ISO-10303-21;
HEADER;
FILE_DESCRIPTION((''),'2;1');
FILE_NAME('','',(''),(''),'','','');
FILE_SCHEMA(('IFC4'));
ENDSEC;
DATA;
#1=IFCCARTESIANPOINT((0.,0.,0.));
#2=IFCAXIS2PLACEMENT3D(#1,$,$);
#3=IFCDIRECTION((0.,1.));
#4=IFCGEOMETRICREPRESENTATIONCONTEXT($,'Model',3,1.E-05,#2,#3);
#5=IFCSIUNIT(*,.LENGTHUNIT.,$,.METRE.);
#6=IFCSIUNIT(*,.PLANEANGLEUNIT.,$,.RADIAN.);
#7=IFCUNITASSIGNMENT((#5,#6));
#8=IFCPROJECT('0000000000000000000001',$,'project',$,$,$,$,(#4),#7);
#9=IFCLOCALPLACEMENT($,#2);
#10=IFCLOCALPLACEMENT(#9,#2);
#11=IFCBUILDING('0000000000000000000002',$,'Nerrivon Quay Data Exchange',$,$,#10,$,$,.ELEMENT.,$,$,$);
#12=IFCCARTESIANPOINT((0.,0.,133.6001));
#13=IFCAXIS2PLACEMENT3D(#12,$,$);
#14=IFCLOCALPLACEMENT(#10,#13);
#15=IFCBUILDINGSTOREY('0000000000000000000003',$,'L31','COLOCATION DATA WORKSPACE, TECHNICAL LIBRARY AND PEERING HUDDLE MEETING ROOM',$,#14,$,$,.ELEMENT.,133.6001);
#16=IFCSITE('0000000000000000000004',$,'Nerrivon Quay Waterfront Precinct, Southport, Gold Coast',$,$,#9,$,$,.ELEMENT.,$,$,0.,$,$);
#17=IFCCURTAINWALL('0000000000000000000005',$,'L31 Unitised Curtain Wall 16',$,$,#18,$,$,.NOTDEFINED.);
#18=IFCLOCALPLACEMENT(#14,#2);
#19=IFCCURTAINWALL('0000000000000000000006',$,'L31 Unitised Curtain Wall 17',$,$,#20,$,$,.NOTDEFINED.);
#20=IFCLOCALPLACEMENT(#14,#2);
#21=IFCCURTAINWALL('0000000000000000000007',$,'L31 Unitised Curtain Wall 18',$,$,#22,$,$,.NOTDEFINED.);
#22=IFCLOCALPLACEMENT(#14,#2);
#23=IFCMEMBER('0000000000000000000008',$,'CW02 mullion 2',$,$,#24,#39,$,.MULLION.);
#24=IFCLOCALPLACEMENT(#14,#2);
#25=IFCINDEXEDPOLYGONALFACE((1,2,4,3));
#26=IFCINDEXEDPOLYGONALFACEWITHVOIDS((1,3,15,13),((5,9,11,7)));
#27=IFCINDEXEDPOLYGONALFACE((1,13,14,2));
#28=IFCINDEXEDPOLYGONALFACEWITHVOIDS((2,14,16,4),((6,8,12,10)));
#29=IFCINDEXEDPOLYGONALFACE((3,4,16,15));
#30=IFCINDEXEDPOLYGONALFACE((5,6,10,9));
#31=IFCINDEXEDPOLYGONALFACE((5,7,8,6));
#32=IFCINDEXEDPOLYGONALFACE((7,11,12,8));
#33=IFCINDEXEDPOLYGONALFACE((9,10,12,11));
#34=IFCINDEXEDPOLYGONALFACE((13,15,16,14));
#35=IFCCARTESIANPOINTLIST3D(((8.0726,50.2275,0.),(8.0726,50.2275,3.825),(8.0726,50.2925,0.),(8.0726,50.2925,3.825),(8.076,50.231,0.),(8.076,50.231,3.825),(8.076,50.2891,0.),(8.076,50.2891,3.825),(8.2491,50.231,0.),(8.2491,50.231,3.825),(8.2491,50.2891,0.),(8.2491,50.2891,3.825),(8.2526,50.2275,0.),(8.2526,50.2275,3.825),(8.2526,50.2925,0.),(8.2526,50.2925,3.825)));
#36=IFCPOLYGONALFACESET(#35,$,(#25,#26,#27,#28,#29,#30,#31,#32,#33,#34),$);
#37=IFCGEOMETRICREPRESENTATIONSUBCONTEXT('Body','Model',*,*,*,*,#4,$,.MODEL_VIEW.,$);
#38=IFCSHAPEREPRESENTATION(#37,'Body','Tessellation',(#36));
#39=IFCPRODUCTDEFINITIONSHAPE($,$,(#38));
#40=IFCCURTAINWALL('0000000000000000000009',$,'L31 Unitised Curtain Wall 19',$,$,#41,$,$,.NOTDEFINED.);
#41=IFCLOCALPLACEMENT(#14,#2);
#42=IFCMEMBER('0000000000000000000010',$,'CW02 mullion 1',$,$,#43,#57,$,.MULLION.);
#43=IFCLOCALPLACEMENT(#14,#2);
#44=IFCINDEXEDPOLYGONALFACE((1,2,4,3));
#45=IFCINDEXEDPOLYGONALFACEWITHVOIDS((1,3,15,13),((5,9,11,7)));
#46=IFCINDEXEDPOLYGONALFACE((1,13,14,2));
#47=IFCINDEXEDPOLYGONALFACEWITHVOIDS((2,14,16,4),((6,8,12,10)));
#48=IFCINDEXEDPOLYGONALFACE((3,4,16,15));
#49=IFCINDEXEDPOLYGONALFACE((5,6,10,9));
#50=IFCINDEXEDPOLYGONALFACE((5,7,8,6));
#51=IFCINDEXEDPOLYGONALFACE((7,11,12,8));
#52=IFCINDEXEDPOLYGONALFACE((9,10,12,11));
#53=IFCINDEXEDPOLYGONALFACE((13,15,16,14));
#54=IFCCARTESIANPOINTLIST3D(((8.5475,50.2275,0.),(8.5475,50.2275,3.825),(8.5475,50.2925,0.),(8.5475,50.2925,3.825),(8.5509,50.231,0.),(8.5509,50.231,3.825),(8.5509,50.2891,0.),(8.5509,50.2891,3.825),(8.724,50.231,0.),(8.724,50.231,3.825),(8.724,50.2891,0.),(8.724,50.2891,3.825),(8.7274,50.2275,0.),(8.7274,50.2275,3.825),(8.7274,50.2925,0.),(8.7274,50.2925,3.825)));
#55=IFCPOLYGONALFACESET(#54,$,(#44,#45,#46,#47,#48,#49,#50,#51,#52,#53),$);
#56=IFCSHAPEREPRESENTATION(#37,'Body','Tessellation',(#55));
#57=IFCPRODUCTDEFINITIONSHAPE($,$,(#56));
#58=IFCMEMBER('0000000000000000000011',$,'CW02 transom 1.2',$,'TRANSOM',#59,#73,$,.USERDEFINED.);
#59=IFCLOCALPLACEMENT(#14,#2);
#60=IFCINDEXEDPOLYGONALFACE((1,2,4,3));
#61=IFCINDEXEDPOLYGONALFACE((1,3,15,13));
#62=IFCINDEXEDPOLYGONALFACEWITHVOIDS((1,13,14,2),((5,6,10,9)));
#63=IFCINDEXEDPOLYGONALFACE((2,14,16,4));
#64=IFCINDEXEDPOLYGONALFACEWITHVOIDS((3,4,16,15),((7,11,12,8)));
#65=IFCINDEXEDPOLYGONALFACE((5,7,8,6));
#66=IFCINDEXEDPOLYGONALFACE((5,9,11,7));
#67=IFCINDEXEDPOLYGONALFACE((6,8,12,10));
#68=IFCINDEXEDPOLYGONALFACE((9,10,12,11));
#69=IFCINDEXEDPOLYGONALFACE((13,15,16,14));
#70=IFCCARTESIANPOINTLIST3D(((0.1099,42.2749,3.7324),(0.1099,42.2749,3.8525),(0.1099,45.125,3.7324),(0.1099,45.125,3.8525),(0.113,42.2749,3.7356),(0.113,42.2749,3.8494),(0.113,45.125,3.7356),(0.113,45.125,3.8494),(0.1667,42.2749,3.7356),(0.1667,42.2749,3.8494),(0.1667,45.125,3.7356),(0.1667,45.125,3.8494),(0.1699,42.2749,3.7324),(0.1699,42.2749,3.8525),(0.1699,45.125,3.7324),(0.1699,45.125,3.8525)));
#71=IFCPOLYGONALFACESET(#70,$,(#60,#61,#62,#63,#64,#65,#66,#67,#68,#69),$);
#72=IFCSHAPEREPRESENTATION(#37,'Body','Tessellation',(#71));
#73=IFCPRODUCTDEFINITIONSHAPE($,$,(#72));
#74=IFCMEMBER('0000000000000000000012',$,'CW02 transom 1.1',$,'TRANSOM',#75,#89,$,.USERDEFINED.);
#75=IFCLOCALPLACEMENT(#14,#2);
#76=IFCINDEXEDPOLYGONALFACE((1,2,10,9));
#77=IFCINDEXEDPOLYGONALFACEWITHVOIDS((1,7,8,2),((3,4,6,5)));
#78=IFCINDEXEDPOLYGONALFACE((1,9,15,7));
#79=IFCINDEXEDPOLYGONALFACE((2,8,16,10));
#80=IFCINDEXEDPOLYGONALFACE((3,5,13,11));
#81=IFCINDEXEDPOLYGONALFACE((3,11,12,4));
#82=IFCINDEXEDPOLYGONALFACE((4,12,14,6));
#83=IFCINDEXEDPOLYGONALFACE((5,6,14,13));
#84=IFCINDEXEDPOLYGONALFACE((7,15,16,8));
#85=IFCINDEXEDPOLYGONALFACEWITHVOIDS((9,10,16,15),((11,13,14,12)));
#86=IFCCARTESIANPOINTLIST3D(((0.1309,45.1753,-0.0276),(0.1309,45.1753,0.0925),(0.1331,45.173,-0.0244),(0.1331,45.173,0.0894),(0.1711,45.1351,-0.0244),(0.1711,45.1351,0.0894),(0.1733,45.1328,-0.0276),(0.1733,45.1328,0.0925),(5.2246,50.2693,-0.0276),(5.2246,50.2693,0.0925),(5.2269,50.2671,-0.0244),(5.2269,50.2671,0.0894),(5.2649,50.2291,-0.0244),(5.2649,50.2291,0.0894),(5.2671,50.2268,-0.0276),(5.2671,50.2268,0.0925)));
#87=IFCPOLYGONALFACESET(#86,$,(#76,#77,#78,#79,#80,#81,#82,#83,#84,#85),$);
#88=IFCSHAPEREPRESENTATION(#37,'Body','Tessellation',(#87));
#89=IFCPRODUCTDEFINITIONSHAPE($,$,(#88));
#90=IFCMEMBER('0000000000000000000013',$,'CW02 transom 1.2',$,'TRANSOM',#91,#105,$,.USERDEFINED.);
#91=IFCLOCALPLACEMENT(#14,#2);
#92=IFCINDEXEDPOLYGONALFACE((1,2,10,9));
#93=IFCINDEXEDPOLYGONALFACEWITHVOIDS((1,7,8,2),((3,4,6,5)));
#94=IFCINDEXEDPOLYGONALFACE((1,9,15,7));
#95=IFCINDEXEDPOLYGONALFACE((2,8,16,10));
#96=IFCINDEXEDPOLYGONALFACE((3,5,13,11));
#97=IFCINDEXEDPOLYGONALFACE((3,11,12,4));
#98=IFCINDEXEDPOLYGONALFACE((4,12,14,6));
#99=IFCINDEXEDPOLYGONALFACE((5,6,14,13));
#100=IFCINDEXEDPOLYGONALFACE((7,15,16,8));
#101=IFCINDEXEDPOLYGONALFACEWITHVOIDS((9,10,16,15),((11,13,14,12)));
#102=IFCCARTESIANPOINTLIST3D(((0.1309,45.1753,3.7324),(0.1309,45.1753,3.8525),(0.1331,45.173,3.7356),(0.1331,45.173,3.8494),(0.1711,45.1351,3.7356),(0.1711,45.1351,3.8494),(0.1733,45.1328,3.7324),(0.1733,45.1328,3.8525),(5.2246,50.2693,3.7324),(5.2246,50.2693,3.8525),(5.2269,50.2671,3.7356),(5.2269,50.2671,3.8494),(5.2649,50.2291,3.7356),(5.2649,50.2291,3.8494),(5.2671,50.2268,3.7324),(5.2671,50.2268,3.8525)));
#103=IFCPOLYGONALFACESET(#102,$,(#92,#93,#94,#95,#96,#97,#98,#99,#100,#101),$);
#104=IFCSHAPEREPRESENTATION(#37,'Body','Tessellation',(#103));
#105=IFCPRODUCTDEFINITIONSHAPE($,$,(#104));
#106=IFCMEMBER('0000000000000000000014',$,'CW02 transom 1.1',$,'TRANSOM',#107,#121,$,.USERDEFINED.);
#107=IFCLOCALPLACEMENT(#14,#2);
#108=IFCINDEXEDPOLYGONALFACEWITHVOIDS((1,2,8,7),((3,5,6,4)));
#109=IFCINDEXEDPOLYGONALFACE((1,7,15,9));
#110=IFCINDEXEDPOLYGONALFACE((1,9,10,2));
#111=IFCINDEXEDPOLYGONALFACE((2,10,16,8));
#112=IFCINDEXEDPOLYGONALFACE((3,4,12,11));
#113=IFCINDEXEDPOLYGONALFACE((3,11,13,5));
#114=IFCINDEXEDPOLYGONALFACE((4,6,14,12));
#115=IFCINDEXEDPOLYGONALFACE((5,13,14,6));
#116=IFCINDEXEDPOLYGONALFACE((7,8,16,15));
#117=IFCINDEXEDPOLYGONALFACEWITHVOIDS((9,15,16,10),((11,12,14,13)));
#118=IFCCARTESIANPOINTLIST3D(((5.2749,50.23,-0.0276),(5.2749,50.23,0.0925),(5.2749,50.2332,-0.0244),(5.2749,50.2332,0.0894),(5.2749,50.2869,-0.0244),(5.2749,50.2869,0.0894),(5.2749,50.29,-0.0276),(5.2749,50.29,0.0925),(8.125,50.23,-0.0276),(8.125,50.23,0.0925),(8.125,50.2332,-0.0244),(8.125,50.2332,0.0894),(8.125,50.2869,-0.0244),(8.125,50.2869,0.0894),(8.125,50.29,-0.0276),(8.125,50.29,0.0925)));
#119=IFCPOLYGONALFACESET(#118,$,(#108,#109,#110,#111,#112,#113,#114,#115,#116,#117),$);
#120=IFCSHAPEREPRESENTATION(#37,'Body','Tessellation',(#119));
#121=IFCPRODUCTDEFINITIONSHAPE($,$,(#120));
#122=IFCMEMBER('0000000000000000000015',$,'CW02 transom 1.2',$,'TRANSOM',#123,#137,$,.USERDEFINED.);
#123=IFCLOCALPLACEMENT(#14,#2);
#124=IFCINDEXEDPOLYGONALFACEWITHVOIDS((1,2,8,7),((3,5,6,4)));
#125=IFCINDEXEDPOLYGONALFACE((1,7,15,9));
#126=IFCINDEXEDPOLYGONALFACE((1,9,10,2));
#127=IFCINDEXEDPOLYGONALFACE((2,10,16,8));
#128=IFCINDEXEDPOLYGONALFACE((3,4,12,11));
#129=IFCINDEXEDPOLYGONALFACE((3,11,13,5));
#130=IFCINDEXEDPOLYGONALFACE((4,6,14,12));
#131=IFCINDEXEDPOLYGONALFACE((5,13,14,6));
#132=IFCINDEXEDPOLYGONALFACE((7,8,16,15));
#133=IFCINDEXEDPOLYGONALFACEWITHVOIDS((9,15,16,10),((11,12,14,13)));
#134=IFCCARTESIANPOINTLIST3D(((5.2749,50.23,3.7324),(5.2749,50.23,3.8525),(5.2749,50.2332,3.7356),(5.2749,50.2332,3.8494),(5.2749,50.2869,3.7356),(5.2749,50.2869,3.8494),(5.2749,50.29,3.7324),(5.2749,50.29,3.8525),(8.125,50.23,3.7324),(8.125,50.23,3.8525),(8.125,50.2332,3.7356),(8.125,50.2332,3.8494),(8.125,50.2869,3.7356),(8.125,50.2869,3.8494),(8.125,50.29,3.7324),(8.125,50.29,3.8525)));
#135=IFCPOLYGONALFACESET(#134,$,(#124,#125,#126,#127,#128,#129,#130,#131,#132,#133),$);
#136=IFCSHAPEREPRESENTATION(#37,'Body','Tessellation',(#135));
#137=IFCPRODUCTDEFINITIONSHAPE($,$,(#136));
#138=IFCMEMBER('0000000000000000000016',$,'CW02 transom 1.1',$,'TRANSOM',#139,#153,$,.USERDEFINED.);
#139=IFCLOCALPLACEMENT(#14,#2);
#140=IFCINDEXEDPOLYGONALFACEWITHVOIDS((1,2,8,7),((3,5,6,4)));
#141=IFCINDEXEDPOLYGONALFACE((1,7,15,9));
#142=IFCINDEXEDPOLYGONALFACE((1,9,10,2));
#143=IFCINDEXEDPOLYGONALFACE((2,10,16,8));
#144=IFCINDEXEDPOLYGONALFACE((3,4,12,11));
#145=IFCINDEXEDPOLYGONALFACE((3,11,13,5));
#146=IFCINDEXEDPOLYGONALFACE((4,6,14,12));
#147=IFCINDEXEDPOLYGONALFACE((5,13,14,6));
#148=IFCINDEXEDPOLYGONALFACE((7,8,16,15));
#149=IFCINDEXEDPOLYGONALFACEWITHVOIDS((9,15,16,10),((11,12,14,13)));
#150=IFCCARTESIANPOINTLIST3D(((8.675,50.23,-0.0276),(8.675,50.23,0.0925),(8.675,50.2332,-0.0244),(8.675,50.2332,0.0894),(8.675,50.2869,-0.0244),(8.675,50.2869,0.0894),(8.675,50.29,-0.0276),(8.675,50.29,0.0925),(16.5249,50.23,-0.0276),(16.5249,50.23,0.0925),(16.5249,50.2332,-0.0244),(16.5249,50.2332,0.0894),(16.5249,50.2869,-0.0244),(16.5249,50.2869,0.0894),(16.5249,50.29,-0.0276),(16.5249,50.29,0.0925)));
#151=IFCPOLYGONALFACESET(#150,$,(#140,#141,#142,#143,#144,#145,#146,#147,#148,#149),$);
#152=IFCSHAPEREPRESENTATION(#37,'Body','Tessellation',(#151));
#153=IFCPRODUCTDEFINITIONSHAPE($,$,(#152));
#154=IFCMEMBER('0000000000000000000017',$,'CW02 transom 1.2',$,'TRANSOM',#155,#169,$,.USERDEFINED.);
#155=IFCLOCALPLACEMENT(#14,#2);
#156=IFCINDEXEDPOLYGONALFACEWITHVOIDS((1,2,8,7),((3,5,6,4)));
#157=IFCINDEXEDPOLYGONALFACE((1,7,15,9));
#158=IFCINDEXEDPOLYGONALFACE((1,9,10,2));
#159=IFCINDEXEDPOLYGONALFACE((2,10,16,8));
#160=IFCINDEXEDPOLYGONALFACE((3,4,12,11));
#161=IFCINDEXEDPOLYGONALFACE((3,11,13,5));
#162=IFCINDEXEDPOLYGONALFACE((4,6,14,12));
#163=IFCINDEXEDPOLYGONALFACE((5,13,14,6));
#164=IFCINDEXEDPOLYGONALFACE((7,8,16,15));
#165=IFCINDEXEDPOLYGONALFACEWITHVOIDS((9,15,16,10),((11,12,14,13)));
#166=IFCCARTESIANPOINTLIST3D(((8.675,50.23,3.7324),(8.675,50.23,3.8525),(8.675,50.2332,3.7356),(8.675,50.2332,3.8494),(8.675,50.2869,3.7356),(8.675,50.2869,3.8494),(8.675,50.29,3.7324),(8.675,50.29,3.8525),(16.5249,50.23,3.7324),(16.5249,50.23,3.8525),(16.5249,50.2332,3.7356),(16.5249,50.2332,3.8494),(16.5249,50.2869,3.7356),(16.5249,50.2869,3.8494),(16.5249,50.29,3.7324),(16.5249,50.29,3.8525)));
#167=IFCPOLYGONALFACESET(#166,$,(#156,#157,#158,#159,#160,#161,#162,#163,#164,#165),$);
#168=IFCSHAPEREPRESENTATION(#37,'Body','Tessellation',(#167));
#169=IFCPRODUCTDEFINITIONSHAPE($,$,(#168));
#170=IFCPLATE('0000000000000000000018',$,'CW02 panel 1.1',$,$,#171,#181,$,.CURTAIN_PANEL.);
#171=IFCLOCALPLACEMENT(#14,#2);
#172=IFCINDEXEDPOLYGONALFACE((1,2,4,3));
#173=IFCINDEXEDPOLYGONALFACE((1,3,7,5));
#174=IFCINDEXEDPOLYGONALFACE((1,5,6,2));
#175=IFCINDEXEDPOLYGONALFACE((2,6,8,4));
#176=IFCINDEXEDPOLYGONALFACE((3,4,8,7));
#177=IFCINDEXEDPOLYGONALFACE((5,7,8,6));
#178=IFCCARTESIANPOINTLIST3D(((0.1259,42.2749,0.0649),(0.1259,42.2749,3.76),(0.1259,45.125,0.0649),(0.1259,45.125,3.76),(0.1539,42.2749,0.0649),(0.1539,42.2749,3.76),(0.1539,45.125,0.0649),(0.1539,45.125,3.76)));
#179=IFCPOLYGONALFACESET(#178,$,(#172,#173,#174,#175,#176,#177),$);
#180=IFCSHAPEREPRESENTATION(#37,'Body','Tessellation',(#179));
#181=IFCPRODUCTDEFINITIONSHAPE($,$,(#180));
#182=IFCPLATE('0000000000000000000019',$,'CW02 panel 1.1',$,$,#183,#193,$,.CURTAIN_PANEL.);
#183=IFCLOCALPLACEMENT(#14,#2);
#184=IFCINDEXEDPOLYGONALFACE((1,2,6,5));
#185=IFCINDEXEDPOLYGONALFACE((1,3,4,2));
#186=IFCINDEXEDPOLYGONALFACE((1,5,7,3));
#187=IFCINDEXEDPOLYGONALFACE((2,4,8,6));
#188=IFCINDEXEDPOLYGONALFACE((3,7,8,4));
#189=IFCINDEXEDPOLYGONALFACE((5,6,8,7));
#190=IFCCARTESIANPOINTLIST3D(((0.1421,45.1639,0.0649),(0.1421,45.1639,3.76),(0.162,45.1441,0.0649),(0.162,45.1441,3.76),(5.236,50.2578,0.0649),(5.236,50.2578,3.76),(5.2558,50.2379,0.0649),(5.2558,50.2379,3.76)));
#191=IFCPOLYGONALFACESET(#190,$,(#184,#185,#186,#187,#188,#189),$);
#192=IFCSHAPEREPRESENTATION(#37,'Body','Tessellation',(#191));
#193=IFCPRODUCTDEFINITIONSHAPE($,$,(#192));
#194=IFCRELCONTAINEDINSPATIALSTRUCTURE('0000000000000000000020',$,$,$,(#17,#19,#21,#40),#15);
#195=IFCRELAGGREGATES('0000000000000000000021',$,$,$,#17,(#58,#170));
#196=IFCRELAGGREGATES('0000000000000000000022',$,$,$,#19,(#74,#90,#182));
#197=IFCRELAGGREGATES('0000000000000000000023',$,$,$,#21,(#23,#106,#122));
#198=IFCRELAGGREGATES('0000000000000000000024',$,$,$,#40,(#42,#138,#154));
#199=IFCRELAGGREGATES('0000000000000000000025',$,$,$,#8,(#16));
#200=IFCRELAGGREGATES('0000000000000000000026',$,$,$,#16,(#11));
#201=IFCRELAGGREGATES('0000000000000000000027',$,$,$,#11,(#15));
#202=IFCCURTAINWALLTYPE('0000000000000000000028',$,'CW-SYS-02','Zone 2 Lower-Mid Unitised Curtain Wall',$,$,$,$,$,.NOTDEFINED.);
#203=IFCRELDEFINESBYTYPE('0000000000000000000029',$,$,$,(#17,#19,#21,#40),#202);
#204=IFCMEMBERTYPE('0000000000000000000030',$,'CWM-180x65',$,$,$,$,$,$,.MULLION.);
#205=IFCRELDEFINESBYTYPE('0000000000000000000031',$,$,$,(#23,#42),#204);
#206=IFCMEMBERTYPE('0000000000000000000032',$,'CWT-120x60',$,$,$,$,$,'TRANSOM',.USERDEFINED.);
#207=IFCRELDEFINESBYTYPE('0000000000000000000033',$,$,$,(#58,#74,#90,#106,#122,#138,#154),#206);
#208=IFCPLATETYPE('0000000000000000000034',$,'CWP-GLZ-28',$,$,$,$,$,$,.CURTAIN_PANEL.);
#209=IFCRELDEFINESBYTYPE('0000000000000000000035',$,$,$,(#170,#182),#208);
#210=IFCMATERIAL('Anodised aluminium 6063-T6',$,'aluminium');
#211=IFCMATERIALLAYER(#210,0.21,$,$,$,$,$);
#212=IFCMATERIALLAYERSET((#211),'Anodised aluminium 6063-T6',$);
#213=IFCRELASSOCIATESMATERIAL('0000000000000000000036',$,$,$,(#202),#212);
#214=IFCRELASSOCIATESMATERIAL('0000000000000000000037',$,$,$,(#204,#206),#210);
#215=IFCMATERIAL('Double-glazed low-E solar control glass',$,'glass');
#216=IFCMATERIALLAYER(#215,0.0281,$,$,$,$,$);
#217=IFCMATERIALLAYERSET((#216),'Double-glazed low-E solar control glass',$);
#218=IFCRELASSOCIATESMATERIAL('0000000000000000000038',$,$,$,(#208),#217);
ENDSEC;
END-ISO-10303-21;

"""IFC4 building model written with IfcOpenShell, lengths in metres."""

from ifc_helpers import new_model, si_unit, direction, frame, origin, origin_2d, place, context, subcontext, project, spatial, rectangle, hollow_rectangle, extrude, material, layer, layer_set, material_profile, profile_set, type_object, element, aggregate, save


model = new_model("IFC4")

# Units and contexts
model_context = context("Model", 3, precision=1e-05, world=origin(), true_north=direction((0.0, 1.0)))
body_context = subcontext(model_context, "Body", "Model", "MODEL_VIEW")
ifc_project = project(units=[si_unit("LENGTHUNIT", "METRE"), si_unit("PLANEANGLEUNIT", "RADIAN")], contexts=[model_context])

# Site, building, storey
site_placement = place(None, origin())
site = spatial("IfcSite", under=ifc_project, at=site_placement, Name="Nerrivon Quay Waterfront Precinct, Southport, Gold Coast", CompositionType="ELEMENT", RefElevation=0.0)
building_placement = place(site_placement, origin())
building = spatial("IfcBuilding", under=site, at=building_placement, Name="Nerrivon Quay Data Exchange", CompositionType="ELEMENT")
storey_placement = place(building_placement, frame((0.0, 0.0, 133.6001)))
storey = spatial("IfcBuildingStorey", under=building, at=storey_placement, Name="L31", Description="COLOCATION DATA WORKSPACE, TECHNICAL LIBRARY AND PEERING HUDDLE MEETING ROOM", CompositionType="ELEMENT", Elevation=133.6001)

# Curtain wall
ifc_material_1 = material(Name="Anodised aluminium 6063-T6", Category="aluminium")
ifc_layer_1 = layer(ifc_material_1, 0.21)
ifc_layer_set_1 = layer_set([ifc_layer_1], Name="Anodised aluminium 6063-T6")
curtain_wall_type = type_object("IfcCurtainWallType", Name="CW-SYS-02", Description="Zone 2 Lower-Mid Unitised Curtain Wall", PredefinedType="NOTDEFINED", material=ifc_layer_set_1)
curtain_wall_1_placement = place(storey_placement, origin())
curtain_wall_1 = element("IfcCurtainWall", 1, at=curtain_wall_1_placement, inside=storey, type_object=curtain_wall_type, Name="L31 Unitised Curtain Wall 16", PredefinedType="NOTDEFINED")
ifc_material_profile_1 = material_profile(ifc_material_1, hollow_rectangle(XDim=0.0649, YDim=0.1799, WallThickness=0.0034, at=origin_2d()), Name="ALU-MULL-180x65")
ifc_profile_set_1 = profile_set([ifc_material_profile_1], Name="Anodised aluminium 6063-T6")
member_type_1 = type_object("IfcMemberType", Name="CWM-180x65", PredefinedType="MULLION", material=ifc_profile_set_1)

# Curtain walls, member
curtain_wall_2_placement = place(storey_placement, origin())
curtain_wall_2 = element("IfcCurtainWall", 2, at=curtain_wall_2_placement, inside=storey, type_object=curtain_wall_type, Name="L31 Unitised Curtain Wall 17", PredefinedType="NOTDEFINED")
curtain_wall_3_placement = place(storey_placement, origin())
curtain_wall_3 = element("IfcCurtainWall", 3, at=curtain_wall_3_placement, inside=storey, type_object=curtain_wall_type, Name="L31 Unitised Curtain Wall 18", PredefinedType="NOTDEFINED")
member_1_placement = place(storey_placement, frame((8.1626, 50.26, 0.0), z_axis=(0.0, 0.0, 1.0), x_axis=(0.0, 1.0, 0.0)))
member_1 = element("IfcMember", 4, at=member_1_placement, type_object=member_type_1, Name="CW02 mullion 2", PredefinedType="MULLION", context=body_context, shape_type="SweptSolid", body=[
    extrude(hollow_rectangle(XDim=0.0649, YDim=0.1799, WallThickness=0.0034, at=origin_2d()), origin(), (0.0, 0.0, 1.0), 3.825),
])

# Curtain wall, member
curtain_wall_4_placement = place(storey_placement, origin())
curtain_wall_4 = element("IfcCurtainWall", 5, at=curtain_wall_4_placement, inside=storey, type_object=curtain_wall_type, Name="L31 Unitised Curtain Wall 19", PredefinedType="NOTDEFINED")
member_2_placement = place(storey_placement, frame((8.6375, 50.26, 0.0), z_axis=(0.0, 0.0, 1.0), x_axis=(0.0, 1.0, 0.0)))
member_2 = element("IfcMember", 6, at=member_2_placement, type_object=member_type_1, Name="CW02 mullion 1", PredefinedType="MULLION", context=body_context, shape_type="SweptSolid", body=[
    extrude(hollow_rectangle(XDim=0.0649, YDim=0.1799, WallThickness=0.0034, at=origin_2d()), origin(), (0.0, 0.0, 1.0), 3.825),
])

# Members
ifc_material_profile_2 = material_profile(ifc_material_1, hollow_rectangle(XDim=0.0601, YDim=0.1201, WallThickness=0.0032, at=origin_2d()), Name="ALU-TRAN-120x60")
ifc_profile_set_2 = profile_set([ifc_material_profile_2], Name="Anodised aluminium 6063-T6")
member_type_2 = type_object("IfcMemberType", Name="CWT-120x60", ElementType="TRANSOM", PredefinedType="USERDEFINED", material=ifc_profile_set_2)
member_3_placement = place(storey_placement, frame((0.1399, 42.2749, 3.7925), z_axis=(0.0, 1.0, 0.0), x_axis=(-1.0, 0.0, 0.0)))
member_3 = element("IfcMember", 7, at=member_3_placement, type_object=member_type_2, Name="CW02 transom 1.2", ObjectType="TRANSOM", PredefinedType="USERDEFINED", context=body_context, shape_type="SweptSolid", body=[
    extrude(hollow_rectangle(XDim=0.0601, YDim=0.1201, WallThickness=0.0032, at=origin_2d()), origin(), (0.0, 0.0, 1.0), 2.8501),
])
member_4_placement = place(storey_placement, frame((0.1521, 45.1541, 0.0325), z_axis=(0.70709, 0.707124, 0.0), x_axis=(-0.707124, 0.70709, 0.0)))
member_4 = element("IfcMember", 8, at=member_4_placement, type_object=member_type_2, Name="CW02 transom 1.1", ObjectType="TRANSOM", PredefinedType="USERDEFINED", context=body_context, shape_type="SweptSolid", body=[
    extrude(hollow_rectangle(XDim=0.0601, YDim=0.1201, WallThickness=0.0032, at=origin_2d()), origin(), (0.0, 0.0, 1.0), 7.2039),
])
member_5_placement = place(storey_placement, frame((0.1521, 45.1541, 3.7925), z_axis=(0.70709, 0.707124, 0.0), x_axis=(-0.707124, 0.70709, 0.0)))
member_5 = element("IfcMember", 9, at=member_5_placement, type_object=member_type_2, Name="CW02 transom 1.2", ObjectType="TRANSOM", PredefinedType="USERDEFINED", context=body_context, shape_type="SweptSolid", body=[
    extrude(hollow_rectangle(XDim=0.0601, YDim=0.1201, WallThickness=0.0032, at=origin_2d()), origin(), (0.0, 0.0, 1.0), 7.2039),
])
member_6_placement = place(storey_placement, frame((5.2749, 50.26, 0.0325), z_axis=(1.0, 0.0, 0.0), x_axis=(0.0, 1.0, 0.0)))
member_6 = element("IfcMember", 10, at=member_6_placement, type_object=member_type_2, Name="CW02 transom 1.1", ObjectType="TRANSOM", PredefinedType="USERDEFINED", context=body_context, shape_type="SweptSolid", body=[
    extrude(hollow_rectangle(XDim=0.0601, YDim=0.1201, WallThickness=0.0032, at=origin_2d()), origin(), (0.0, 0.0, 1.0), 2.8501),
])
member_7_placement = place(storey_placement, frame((5.2749, 50.26, 3.7925), z_axis=(1.0, 0.0, 0.0), x_axis=(0.0, 1.0, 0.0)))
member_7 = element("IfcMember", 11, at=member_7_placement, type_object=member_type_2, Name="CW02 transom 1.2", ObjectType="TRANSOM", PredefinedType="USERDEFINED", context=body_context, shape_type="SweptSolid", body=[
    extrude(hollow_rectangle(XDim=0.0601, YDim=0.1201, WallThickness=0.0032, at=origin_2d()), origin(), (0.0, 0.0, 1.0), 2.8501),
])
member_8_placement = place(storey_placement, frame((8.675, 50.26, 0.0325), z_axis=(1.0, 0.0, 0.0), x_axis=(0.0, 1.0, 0.0)))
member_8 = element("IfcMember", 12, at=member_8_placement, type_object=member_type_2, Name="CW02 transom 1.1", ObjectType="TRANSOM", PredefinedType="USERDEFINED", context=body_context, shape_type="SweptSolid", body=[
    extrude(hollow_rectangle(XDim=0.0601, YDim=0.1201, WallThickness=0.0032, at=origin_2d()), origin(), (0.0, 0.0, 1.0), 7.8499),
])
member_9_placement = place(storey_placement, frame((8.675, 50.26, 3.7925), z_axis=(1.0, 0.0, 0.0), x_axis=(0.0, 1.0, 0.0)))
member_9 = element("IfcMember", 13, at=member_9_placement, type_object=member_type_2, Name="CW02 transom 1.2", ObjectType="TRANSOM", PredefinedType="USERDEFINED", context=body_context, shape_type="SweptSolid", body=[
    extrude(hollow_rectangle(XDim=0.0601, YDim=0.1201, WallThickness=0.0032, at=origin_2d()), origin(), (0.0, 0.0, 1.0), 7.8499),
])

# Plates
ifc_material_2 = material(Name="Double-glazed low-E solar control glass", Category="glass")
ifc_layer_2 = layer(ifc_material_2, 0.0281)
ifc_layer_set_2 = layer_set([ifc_layer_2], Name="Double-glazed low-E solar control glass")
plate_type = type_object("IfcPlateType", Name="CWP-GLZ-28", PredefinedType="CURTAIN_PANEL", material=ifc_layer_set_2)
plate_1_placement = place(storey_placement, frame((0.1399, 43.7, 0.0649), z_axis=(0.0, 0.0, 1.0), x_axis=(0.0, 1.0, 0.0)))
plate_1 = element("IfcPlate", 14, at=plate_1_placement, type_object=plate_type, Name="CW02 panel 1.1", PredefinedType="CURTAIN_PANEL", context=body_context, shape_type="SweptSolid", body=[
    extrude(rectangle(XDim=2.8501, YDim=0.0281, at=origin_2d()), origin(), (0.0, 0.0, 1.0), 3.6951),
])
aggregate(curtain_wall_1, [member_3, plate_1])
plate_2_placement = place(storey_placement, frame((2.699, 47.7009, 0.0649), z_axis=(0.0, 0.0, 1.0), x_axis=(0.707107, 0.707107, 0.0)))
plate_2 = element("IfcPlate", 15, at=plate_2_placement, type_object=plate_type, Name="CW02 panel 1.1", PredefinedType="CURTAIN_PANEL", context=body_context, shape_type="SweptSolid", body=[
    extrude(rectangle(XDim=7.2039, YDim=0.0281, at=origin_2d()), origin(), (0.0, 0.0, 1.0), 3.6951),
])
aggregate(curtain_wall_2, [member_4, member_5, plate_2])
aggregate(curtain_wall_3, [member_1, member_6, member_7])
aggregate(curtain_wall_4, [member_2, member_8, member_9])

save(model, "model.ifc")
